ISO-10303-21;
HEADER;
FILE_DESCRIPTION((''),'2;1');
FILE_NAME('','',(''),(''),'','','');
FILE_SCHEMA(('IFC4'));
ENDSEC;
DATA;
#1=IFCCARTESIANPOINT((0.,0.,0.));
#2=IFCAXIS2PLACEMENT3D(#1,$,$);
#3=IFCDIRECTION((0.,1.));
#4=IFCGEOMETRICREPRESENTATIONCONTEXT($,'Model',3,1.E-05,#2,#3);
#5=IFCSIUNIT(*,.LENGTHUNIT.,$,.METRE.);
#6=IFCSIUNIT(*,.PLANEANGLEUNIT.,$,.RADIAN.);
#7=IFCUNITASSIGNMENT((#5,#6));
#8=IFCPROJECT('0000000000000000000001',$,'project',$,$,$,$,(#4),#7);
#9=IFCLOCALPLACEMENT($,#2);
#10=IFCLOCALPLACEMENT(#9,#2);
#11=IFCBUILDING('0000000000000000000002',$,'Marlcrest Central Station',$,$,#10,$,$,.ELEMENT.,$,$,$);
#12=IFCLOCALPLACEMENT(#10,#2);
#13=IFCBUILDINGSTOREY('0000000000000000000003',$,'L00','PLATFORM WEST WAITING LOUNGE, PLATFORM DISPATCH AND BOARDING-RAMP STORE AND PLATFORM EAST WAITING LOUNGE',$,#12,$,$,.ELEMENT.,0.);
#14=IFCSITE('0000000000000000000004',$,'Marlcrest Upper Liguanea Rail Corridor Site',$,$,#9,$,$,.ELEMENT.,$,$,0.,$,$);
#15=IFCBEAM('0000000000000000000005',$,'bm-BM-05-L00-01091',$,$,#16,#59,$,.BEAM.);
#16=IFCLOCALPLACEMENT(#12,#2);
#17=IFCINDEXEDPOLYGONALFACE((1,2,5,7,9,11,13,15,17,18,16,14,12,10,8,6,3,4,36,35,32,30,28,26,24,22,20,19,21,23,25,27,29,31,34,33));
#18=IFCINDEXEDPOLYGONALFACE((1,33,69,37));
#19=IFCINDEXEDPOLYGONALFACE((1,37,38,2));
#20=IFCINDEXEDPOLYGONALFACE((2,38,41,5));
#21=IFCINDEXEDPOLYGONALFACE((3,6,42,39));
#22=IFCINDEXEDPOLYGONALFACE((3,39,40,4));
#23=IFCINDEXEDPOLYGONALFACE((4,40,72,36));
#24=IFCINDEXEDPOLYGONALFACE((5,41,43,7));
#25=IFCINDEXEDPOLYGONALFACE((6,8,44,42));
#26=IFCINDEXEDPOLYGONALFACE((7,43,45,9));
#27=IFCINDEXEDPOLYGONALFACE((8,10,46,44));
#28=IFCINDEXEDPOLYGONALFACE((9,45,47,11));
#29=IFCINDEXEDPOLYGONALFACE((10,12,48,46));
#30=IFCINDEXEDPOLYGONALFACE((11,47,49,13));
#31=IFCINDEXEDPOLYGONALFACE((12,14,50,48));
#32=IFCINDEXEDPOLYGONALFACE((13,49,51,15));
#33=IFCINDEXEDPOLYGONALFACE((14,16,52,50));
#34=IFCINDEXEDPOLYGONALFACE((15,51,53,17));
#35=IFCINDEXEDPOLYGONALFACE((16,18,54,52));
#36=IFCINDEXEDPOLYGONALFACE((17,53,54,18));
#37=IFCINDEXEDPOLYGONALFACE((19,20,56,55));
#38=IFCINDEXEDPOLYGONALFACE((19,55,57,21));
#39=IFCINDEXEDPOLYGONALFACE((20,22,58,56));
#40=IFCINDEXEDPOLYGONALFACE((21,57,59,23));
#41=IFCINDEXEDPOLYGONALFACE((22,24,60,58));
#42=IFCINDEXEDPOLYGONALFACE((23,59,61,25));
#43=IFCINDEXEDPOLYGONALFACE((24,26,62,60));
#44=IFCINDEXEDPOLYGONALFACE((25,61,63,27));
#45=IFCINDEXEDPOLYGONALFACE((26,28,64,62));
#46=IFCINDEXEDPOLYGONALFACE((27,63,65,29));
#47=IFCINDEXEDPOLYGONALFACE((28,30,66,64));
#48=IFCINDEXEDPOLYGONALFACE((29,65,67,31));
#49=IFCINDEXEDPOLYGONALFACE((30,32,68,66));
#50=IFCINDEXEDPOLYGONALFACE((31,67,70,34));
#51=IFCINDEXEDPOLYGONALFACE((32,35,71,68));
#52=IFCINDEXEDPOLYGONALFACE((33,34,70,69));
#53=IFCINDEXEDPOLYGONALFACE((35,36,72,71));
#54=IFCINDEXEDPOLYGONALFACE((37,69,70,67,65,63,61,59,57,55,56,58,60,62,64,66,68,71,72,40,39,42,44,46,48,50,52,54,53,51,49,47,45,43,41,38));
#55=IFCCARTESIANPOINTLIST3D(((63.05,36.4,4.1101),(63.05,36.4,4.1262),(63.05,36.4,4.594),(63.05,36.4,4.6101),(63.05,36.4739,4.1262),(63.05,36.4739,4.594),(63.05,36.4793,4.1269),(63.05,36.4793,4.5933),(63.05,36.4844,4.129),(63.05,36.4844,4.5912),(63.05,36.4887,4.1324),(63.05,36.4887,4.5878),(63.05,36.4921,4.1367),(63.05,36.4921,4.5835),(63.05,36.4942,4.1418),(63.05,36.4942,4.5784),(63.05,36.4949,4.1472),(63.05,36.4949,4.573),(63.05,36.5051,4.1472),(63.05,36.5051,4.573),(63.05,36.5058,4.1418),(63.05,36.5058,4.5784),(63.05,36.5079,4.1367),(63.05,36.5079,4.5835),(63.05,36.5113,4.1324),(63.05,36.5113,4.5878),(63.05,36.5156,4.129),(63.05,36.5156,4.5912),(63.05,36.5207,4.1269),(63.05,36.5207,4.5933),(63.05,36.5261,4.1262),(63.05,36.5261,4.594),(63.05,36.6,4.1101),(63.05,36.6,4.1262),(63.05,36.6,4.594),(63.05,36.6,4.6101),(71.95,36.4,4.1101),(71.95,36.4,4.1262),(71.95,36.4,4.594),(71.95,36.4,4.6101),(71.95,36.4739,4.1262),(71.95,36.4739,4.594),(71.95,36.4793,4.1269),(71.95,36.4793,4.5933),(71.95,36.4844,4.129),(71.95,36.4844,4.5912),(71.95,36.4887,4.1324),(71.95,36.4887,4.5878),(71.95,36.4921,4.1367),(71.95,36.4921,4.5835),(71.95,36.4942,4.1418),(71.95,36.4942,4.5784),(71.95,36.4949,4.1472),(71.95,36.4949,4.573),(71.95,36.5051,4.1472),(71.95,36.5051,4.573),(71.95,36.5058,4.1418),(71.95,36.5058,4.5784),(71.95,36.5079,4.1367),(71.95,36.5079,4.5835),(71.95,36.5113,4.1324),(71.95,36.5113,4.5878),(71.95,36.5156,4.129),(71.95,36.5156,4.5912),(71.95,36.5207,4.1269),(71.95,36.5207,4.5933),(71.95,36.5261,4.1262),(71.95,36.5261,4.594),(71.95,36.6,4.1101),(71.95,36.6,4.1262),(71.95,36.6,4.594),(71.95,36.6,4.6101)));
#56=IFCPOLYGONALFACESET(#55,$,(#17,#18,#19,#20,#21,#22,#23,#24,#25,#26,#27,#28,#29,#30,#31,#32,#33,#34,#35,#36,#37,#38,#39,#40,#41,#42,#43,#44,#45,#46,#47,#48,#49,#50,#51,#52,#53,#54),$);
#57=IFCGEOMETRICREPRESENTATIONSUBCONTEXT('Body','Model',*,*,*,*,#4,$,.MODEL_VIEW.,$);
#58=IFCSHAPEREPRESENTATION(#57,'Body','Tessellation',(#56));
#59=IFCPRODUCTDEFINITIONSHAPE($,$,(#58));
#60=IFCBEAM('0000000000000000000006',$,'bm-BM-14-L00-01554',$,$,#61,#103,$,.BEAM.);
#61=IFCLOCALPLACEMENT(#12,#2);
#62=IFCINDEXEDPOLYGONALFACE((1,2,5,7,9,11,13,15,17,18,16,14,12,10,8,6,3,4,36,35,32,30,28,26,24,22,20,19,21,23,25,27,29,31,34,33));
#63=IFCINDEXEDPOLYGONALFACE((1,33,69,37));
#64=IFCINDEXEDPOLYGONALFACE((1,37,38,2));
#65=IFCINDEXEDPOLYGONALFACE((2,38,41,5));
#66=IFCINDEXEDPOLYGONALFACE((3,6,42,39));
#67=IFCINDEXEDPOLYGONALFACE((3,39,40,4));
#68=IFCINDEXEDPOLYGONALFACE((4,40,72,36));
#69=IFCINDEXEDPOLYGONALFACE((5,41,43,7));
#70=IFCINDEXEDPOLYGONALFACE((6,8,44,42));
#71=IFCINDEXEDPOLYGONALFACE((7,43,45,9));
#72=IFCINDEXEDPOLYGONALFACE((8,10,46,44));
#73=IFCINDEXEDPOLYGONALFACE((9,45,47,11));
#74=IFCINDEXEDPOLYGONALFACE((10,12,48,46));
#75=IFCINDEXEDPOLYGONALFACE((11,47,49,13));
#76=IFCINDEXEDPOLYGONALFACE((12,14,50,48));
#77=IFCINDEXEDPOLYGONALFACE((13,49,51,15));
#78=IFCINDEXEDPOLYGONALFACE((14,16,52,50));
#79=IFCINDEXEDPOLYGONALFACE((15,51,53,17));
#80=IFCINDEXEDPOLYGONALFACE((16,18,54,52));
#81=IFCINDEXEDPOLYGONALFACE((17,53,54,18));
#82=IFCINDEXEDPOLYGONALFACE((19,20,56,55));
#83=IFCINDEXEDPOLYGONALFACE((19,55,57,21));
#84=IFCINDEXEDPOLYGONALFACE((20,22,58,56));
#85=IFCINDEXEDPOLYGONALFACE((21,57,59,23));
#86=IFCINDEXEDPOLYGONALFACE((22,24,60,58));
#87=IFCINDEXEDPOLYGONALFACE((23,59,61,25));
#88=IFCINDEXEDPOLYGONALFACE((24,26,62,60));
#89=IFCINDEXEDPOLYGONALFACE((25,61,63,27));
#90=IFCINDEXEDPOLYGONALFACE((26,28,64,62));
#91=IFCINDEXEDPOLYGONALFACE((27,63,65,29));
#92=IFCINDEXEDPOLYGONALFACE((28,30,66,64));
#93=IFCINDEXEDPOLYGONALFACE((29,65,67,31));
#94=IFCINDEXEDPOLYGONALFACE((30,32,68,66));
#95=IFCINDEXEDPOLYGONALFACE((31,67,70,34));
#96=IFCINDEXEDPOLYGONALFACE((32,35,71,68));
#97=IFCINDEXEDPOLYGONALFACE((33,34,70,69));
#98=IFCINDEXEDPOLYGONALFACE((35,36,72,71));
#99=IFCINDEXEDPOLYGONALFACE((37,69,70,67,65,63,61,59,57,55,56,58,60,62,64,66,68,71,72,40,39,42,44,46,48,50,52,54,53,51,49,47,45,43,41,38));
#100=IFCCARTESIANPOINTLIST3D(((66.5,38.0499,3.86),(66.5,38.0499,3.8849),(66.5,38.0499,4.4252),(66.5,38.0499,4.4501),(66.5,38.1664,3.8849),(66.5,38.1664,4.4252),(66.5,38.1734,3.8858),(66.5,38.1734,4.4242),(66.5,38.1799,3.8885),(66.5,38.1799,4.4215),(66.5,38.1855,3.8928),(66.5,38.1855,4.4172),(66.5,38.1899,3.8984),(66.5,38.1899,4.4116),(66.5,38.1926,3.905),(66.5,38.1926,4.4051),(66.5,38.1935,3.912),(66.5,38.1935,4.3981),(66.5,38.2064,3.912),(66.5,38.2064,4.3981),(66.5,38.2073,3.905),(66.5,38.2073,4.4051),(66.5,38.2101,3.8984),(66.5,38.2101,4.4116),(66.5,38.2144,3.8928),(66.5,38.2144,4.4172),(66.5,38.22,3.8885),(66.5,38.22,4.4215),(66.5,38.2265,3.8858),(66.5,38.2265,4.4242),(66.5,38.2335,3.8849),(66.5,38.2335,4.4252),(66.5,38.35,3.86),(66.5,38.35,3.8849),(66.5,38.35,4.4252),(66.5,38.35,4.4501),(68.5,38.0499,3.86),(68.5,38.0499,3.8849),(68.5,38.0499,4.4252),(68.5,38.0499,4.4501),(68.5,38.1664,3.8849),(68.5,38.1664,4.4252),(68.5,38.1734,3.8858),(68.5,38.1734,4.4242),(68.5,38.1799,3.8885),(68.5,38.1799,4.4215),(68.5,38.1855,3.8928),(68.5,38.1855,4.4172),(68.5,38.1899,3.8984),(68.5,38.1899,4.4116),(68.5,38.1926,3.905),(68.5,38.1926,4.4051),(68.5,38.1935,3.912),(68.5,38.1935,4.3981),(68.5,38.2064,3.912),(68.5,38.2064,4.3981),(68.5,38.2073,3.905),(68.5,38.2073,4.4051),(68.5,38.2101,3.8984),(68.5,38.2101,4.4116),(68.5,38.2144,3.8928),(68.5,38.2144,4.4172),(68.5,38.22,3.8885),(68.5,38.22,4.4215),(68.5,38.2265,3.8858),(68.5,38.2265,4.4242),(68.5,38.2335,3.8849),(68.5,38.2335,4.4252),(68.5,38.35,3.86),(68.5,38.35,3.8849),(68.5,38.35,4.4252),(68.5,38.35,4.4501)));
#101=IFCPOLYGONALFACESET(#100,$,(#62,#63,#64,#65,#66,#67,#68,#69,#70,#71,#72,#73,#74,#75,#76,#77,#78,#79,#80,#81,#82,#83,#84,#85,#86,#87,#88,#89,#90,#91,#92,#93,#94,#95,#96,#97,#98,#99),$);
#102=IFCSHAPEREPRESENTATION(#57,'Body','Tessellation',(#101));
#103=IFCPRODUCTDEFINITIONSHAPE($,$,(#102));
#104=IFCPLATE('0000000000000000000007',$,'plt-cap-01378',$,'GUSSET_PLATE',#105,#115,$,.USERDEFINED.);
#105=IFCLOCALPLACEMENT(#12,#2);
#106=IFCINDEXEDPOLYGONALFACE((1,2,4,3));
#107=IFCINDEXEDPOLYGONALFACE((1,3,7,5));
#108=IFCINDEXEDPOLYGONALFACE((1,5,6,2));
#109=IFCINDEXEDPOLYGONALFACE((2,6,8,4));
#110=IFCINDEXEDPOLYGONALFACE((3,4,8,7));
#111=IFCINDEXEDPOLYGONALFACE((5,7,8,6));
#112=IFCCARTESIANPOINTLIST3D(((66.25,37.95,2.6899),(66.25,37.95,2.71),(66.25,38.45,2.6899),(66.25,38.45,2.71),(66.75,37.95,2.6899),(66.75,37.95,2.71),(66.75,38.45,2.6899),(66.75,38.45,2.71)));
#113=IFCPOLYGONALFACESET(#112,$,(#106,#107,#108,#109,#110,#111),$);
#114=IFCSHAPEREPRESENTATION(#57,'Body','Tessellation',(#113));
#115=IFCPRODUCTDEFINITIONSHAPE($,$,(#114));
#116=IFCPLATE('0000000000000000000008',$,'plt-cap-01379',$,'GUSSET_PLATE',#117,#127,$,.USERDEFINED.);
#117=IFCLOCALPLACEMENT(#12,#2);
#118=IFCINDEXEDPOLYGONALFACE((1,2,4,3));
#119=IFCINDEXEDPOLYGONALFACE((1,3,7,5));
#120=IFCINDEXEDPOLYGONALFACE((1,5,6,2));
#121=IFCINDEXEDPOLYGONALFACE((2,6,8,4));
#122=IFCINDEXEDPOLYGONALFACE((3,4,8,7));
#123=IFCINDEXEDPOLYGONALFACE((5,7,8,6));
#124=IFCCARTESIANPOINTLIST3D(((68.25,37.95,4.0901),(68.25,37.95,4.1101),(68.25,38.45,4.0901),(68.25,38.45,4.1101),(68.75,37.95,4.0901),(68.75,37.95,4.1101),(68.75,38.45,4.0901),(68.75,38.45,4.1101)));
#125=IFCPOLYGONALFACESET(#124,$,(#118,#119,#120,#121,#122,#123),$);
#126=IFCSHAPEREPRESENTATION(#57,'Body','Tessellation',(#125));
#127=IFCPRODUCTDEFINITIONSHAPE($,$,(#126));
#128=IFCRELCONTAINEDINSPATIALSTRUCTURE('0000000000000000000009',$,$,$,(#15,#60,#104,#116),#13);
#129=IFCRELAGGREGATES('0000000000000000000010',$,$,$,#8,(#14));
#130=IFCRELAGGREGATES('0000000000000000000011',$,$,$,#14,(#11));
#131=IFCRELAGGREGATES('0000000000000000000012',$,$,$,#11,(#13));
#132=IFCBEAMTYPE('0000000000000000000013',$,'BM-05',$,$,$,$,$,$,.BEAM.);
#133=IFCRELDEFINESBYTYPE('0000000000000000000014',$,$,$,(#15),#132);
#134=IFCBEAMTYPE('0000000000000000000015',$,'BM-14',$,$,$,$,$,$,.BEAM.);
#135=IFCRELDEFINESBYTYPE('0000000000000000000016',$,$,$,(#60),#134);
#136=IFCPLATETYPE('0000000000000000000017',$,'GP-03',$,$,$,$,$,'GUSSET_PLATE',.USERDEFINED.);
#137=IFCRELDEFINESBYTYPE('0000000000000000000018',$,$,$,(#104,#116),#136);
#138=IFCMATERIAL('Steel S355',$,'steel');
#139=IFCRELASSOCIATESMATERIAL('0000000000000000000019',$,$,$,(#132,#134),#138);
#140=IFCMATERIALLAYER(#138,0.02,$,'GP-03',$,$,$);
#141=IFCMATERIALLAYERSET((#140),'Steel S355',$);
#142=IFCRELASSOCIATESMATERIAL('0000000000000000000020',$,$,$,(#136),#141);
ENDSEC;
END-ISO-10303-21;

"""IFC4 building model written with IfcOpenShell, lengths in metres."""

from ifc_helpers import new_model, si_unit, direction, frame, origin, origin_2d, place, context, subcontext, project, spatial, rectangle, i_section, extrude, material, layer, layer_set, material_profile, profile_set, type_object, element, save


model = new_model("IFC4")

# Units and contexts
model_context = context("Model", 3, precision=1e-05, world=origin(), true_north=direction((0.0, 1.0)))
body_context = subcontext(model_context, "Body", "Model", "MODEL_VIEW")
ifc_project = project(units=[si_unit("LENGTHUNIT", "METRE"), si_unit("PLANEANGLEUNIT", "RADIAN")], contexts=[model_context])

# Site, building, storey
site_placement = place(None, origin())
site = spatial("IfcSite", under=ifc_project, at=site_placement, Name="Marlcrest Upper Liguanea Rail Corridor Site", CompositionType="ELEMENT", RefElevation=0.0)
building_placement = place(site_placement, origin())
building = spatial("IfcBuilding", under=site, at=building_placement, Name="Marlcrest Central Station", CompositionType="ELEMENT")
storey_placement = place(building_placement, origin())
storey = spatial("IfcBuildingStorey", under=building, at=storey_placement, Name="L00", Description="PLATFORM WEST WAITING LOUNGE, PLATFORM DISPATCH AND BOARDING-RAMP STORE AND PLATFORM EAST WAITING LOUNGE", CompositionType="ELEMENT", Elevation=0.0)

# Shared definitions
ifc_material_1 = material(Name="Steel S355", Category="steel")

# Beams
ifc_material_profile_1 = material_profile(ifc_material_1, i_section(OverallWidth=0.2, OverallDepth=0.5, WebThickness=0.0103, FlangeThickness=0.0161, FilletRadius=0.021, at=origin_2d()), Name="IPE 500")
ifc_profile_set_1 = profile_set([ifc_material_profile_1], Name="Steel S355")
beam_type_1 = type_object("IfcBeamType", Name="BM-05", PredefinedType="BEAM", material=ifc_profile_set_1)
beam_1_placement = place(storey_placement, frame((63.05, 36.5, 4.3601), z_axis=(1.0, 0.0, 0.0), x_axis=(0.0, 1.0, 0.0)))
element("IfcBeam", 1, at=beam_1_placement, inside=storey, type_object=beam_type_1, Name="bm-BM-05-L00-01091", PredefinedType="BEAM", context=body_context, shape_type="SweptSolid", body=[
    extrude(i_section(OverallWidth=0.2, OverallDepth=0.5, WebThickness=0.0103, FlangeThickness=0.0161, FilletRadius=0.021, at=origin_2d()), origin(), (0.0, 0.0, 1.0), 8.8999),
])
ifc_material_profile_2 = material_profile(ifc_material_1, i_section(OverallWidth=0.3, OverallDepth=0.5901, WebThickness=0.0129, FlangeThickness=0.0249, FilletRadius=0.0271, at=origin_2d()), Name="HEA 600")
ifc_profile_set_2 = profile_set([ifc_material_profile_2], Name="Steel S355")
beam_type_2 = type_object("IfcBeamType", Name="BM-14", PredefinedType="BEAM", material=ifc_profile_set_2)
beam_2_placement = place(storey_placement, frame((66.5, 38.2, 4.155), z_axis=(1.0, 0.0, 0.0), x_axis=(0.0, 1.0, 0.0)))
element("IfcBeam", 2, at=beam_2_placement, inside=storey, type_object=beam_type_2, Name="bm-BM-14-L00-01554", PredefinedType="BEAM", context=body_context, shape_type="SweptSolid", body=[
    extrude(i_section(OverallWidth=0.3, OverallDepth=0.5901, WebThickness=0.0129, FlangeThickness=0.0249, FilletRadius=0.0271, at=origin_2d()), origin(), (0.0, 0.0, 1.0), 2.0),
])

# Plates
ifc_layer_1 = layer(ifc_material_1, 0.02, Name="GP-03")
ifc_layer_set_1 = layer_set([ifc_layer_1], Name="Steel S355")
plate_type = type_object("IfcPlateType", Name="GP-03", ElementType="GUSSET_PLATE", PredefinedType="USERDEFINED", material=ifc_layer_set_1)
for number, where, z_axis, x_axis, name in (
    (3, (66.5, 38.2, 2.6899), (0.0, 0.0, 1.0), (1.0, 0.0, 0.0), "plt-cap-01378"),
    (4, (68.5, 38.2, 4.0901), (0.0, 0.0, 1.0), (1.0, 0.0, 0.0), "plt-cap-01379"),
):
    element("IfcPlate", number, at=place(storey_placement, frame(where, z_axis=z_axis, x_axis=x_axis)), inside=storey, type_object=plate_type, Name=name, ObjectType="GUSSET_PLATE", PredefinedType="USERDEFINED", context=body_context, shape_type="SweptSolid", body=[
        extrude(rectangle(XDim=0.5, YDim=0.5, at=origin_2d()), origin(), (0.0, 0.0, 1.0), 0.02),
    ])

save(model, "model.ifc")
